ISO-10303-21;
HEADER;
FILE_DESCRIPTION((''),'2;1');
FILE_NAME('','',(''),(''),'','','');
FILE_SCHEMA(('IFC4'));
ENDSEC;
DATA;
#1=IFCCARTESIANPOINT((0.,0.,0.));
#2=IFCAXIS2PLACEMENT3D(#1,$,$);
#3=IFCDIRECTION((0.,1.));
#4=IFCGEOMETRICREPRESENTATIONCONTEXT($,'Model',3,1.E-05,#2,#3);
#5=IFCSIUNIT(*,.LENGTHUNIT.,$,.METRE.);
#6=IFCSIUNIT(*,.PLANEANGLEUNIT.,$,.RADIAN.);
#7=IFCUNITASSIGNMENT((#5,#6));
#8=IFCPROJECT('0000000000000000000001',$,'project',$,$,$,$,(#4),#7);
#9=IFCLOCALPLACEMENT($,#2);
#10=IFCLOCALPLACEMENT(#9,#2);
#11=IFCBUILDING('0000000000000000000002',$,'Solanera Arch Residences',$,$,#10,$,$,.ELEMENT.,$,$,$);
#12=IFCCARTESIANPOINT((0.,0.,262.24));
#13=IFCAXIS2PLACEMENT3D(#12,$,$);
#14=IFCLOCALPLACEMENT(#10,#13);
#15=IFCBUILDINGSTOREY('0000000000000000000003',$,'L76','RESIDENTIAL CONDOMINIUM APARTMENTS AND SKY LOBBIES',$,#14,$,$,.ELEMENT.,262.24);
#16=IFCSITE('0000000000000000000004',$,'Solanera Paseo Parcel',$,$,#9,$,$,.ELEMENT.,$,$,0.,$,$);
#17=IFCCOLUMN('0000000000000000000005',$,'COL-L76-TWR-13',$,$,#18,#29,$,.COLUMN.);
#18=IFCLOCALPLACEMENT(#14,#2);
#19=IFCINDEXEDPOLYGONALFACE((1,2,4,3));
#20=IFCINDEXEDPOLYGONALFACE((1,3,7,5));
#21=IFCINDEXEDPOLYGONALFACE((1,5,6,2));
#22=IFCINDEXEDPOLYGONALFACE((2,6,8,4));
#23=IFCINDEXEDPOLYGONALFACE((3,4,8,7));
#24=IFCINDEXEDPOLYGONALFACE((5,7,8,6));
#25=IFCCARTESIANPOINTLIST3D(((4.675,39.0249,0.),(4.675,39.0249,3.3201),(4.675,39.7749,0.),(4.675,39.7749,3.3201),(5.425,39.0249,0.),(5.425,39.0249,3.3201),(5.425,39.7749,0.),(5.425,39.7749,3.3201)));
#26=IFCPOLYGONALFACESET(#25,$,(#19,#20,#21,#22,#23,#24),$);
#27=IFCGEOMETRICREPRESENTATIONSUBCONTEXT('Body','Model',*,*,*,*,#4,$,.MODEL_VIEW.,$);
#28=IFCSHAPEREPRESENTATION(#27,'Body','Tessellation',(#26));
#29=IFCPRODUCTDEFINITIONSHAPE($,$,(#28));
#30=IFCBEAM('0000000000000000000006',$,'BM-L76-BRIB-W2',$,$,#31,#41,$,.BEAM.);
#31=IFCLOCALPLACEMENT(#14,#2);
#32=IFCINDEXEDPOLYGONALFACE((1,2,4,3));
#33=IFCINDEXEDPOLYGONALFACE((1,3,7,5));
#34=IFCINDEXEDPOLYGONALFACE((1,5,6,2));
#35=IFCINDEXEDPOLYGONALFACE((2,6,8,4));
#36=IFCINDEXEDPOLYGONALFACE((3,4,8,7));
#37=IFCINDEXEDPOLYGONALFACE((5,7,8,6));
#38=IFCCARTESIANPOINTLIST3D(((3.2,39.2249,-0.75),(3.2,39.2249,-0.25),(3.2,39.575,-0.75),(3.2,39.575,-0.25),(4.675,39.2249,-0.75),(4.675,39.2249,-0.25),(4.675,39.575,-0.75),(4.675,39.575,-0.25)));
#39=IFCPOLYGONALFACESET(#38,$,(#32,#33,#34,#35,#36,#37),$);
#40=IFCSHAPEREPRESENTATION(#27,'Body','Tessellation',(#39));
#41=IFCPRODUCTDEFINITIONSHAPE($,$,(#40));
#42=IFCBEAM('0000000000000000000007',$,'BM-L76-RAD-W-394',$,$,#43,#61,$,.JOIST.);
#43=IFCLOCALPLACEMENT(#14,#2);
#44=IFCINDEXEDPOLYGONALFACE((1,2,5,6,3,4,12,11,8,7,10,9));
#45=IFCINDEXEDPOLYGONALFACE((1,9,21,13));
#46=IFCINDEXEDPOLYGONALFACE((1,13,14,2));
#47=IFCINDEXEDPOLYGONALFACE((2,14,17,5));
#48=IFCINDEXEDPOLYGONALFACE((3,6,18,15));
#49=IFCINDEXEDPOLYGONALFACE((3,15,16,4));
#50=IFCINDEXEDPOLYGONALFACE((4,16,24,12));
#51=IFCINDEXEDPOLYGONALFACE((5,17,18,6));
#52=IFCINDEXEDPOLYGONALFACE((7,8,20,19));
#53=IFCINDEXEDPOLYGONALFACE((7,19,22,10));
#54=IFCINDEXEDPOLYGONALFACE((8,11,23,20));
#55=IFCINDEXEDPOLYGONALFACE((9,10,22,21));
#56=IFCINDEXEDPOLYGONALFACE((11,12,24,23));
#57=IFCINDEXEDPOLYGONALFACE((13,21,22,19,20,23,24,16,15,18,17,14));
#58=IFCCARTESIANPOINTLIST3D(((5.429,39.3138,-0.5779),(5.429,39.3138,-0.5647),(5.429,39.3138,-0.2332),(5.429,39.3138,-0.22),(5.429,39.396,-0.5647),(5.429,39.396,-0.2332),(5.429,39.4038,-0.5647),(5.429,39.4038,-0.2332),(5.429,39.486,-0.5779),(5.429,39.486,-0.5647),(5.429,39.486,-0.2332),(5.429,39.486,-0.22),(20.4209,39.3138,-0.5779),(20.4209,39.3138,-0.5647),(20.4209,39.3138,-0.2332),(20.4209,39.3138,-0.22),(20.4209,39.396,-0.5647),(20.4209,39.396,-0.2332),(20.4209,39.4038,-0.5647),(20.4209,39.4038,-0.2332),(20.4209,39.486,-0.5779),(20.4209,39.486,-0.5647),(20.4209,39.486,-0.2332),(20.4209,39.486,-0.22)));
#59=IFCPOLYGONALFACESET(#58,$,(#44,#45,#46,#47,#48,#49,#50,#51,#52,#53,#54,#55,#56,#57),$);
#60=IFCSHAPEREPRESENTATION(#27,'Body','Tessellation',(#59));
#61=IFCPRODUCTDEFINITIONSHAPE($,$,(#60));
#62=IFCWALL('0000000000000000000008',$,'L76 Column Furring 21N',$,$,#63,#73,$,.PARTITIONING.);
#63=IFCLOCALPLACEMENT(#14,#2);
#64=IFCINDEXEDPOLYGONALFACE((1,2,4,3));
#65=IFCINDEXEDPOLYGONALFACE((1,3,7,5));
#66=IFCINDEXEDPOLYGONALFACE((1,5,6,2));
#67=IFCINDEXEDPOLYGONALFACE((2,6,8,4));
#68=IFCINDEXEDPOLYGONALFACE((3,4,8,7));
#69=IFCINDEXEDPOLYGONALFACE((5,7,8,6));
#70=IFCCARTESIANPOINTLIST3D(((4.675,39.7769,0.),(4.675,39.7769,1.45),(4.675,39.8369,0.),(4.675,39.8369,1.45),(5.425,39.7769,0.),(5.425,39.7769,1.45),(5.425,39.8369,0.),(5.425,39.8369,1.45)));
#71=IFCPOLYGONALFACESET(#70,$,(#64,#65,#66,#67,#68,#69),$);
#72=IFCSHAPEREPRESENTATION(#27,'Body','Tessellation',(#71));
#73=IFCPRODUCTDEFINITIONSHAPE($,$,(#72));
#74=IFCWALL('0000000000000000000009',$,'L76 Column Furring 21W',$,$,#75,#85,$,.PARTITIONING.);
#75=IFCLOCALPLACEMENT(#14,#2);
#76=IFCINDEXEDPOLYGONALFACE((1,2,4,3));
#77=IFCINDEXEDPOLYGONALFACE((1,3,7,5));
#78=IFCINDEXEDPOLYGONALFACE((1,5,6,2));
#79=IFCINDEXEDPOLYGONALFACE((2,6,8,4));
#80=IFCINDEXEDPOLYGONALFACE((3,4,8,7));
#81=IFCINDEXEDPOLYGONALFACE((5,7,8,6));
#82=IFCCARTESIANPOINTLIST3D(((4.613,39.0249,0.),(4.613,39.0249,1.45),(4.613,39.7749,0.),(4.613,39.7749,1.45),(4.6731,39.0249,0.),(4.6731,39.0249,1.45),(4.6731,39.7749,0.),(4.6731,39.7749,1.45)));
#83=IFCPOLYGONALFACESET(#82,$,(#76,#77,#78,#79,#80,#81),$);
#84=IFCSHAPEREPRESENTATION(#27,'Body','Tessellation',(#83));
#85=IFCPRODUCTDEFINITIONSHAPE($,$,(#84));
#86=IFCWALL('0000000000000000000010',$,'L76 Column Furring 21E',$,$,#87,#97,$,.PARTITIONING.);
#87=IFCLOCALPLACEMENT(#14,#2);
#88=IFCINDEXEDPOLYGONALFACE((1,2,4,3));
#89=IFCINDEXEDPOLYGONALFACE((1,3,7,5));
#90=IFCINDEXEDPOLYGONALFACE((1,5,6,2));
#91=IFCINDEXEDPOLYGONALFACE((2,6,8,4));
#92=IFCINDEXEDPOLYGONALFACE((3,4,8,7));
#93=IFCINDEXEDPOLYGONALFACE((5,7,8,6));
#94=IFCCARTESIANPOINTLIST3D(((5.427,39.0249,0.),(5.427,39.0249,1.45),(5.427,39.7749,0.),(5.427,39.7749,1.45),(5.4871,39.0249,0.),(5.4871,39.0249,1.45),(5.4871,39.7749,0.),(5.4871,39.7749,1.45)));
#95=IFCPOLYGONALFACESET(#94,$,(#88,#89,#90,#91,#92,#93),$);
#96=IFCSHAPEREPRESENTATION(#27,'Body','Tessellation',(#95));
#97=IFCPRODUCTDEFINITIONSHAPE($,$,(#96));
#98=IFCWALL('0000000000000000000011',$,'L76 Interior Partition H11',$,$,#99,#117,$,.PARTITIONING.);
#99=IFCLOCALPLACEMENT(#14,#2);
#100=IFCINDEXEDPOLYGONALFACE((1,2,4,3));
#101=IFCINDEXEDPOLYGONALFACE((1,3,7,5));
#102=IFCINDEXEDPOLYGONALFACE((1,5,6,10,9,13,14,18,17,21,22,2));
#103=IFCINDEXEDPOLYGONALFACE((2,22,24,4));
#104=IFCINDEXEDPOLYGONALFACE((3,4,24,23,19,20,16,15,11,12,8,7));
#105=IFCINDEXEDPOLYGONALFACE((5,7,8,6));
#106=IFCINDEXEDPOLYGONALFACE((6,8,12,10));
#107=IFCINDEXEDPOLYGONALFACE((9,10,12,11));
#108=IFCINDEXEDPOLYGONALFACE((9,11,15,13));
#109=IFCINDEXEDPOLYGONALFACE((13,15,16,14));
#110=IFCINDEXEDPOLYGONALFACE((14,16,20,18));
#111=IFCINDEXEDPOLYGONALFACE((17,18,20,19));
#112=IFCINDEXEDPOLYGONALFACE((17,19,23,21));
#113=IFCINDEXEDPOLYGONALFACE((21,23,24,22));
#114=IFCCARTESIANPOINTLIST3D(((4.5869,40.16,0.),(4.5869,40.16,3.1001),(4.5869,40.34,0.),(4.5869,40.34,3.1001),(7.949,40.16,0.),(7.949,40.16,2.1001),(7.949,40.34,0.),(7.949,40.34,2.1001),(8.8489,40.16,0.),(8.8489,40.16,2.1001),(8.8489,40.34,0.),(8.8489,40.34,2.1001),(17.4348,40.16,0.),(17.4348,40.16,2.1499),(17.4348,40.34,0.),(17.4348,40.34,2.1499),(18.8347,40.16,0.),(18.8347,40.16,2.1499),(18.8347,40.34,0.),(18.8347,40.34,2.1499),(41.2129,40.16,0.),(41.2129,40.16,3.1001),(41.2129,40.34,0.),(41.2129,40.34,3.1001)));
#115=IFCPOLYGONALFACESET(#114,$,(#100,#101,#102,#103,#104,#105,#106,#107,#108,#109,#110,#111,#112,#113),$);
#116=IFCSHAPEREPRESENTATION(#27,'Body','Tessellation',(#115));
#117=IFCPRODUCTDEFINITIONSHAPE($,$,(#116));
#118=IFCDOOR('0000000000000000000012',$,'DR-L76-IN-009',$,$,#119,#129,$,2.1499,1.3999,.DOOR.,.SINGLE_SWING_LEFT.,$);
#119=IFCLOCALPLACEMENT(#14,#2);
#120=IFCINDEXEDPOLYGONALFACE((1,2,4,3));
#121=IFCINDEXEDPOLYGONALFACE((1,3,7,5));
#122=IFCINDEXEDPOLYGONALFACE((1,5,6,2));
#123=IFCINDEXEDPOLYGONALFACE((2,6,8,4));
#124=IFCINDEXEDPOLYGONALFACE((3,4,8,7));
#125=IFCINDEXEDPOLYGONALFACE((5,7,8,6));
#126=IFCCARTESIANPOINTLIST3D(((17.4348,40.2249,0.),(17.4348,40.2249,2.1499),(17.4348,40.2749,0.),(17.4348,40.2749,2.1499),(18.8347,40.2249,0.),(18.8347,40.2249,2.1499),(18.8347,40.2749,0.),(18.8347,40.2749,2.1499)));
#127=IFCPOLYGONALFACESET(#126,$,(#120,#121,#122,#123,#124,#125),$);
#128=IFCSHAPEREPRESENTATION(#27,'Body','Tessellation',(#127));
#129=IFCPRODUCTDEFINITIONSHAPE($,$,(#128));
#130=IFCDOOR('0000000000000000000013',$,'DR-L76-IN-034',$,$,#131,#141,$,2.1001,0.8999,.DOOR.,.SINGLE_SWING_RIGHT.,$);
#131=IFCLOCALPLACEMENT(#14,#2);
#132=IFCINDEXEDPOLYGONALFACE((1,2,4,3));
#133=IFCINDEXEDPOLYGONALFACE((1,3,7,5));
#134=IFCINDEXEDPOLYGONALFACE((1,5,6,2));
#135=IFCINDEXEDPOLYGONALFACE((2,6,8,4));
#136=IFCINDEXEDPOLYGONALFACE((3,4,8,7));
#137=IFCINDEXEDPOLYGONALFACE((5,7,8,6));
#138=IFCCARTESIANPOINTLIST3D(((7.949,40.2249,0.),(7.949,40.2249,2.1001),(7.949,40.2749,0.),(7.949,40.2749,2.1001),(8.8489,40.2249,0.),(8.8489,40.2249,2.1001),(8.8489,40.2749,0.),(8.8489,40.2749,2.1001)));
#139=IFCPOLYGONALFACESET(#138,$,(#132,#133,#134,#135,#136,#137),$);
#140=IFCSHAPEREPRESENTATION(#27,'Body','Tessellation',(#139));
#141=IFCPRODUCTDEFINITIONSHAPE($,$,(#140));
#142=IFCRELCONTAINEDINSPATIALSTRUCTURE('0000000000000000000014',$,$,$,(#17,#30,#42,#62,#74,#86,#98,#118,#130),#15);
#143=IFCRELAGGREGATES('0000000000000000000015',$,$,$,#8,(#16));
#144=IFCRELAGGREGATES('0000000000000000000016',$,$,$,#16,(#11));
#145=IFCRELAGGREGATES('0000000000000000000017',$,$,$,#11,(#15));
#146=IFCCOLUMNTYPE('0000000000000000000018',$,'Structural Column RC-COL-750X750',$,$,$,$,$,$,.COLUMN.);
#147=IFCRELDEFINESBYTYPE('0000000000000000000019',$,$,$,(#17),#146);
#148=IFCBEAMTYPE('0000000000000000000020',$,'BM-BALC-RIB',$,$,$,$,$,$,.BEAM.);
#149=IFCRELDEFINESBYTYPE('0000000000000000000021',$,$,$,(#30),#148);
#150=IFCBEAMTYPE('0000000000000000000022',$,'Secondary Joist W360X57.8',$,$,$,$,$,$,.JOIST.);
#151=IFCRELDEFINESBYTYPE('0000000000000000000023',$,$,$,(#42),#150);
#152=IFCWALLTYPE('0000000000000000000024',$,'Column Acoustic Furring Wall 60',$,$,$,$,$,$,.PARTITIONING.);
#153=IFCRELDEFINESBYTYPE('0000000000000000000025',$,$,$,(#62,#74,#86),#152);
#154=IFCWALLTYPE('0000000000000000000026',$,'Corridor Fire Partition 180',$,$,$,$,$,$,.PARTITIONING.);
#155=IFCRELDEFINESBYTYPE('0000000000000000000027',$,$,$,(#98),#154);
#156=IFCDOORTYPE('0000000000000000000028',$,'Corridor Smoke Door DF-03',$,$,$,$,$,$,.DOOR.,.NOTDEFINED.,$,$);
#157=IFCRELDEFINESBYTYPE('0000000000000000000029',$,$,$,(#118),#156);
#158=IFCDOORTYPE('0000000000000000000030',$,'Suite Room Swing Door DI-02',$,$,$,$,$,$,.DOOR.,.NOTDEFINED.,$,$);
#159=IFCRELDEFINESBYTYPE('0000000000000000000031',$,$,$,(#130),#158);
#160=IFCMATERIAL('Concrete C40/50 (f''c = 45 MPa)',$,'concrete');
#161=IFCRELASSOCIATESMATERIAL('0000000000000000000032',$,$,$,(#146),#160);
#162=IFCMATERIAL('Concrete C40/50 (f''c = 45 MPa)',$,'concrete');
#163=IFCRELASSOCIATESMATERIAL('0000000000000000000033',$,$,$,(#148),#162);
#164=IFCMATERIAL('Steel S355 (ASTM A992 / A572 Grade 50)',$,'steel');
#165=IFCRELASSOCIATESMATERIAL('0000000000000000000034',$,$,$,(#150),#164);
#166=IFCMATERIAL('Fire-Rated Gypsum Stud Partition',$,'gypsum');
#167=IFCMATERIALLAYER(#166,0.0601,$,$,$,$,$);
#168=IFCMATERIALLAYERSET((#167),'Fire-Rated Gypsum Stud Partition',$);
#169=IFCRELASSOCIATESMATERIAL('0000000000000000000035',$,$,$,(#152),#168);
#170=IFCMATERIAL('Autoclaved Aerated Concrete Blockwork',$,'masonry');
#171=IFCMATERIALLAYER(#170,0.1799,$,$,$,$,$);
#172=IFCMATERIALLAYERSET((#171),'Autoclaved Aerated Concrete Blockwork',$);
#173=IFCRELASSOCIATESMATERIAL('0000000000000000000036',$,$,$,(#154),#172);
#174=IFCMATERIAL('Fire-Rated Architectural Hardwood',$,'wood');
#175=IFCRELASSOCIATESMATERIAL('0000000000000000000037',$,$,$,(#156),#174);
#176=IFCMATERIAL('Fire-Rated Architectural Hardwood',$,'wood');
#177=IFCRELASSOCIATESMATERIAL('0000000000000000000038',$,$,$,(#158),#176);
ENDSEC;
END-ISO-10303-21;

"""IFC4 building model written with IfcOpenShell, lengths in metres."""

from ifc_helpers import new_model, si_unit, direction, frame, frame_2d, origin, origin_2d, place, context, subcontext, project, spatial, rectangle, i_section, extrude, material, layer, layer_set, material_profile, profile_set, type_object, element, fill, save


model = new_model("IFC4")

# Units and contexts
model_context = context("Model", 3, precision=1e-05, world=origin(), true_north=direction((0.0, 1.0)))
body_context = subcontext(model_context, "Body", "Model", "MODEL_VIEW")
ifc_project = project(units=[si_unit("LENGTHUNIT", "METRE"), si_unit("PLANEANGLEUNIT", "RADIAN")], contexts=[model_context])

# Site, building, storey
site_placement = place(None, origin())
site = spatial("IfcSite", under=ifc_project, at=site_placement, Name="Solanera Paseo Parcel", CompositionType="ELEMENT", RefElevation=0.0)
building_placement = place(site_placement, origin())
building = spatial("IfcBuilding", under=site, at=building_placement, Name="Solanera Arch Residences", CompositionType="ELEMENT")
storey_placement = place(building_placement, frame((0.0, 0.0, 262.24)))
storey = spatial("IfcBuildingStorey", under=building, at=storey_placement, Name="L76", Description="RESIDENTIAL CONDOMINIUM APARTMENTS AND SKY LOBBIES", CompositionType="ELEMENT", Elevation=262.24)

# Column
ifc_material_1 = material(Name="Concrete C40/50 (f'c = 45 MPa)", Category="concrete")
ifc_material_profile_1 = material_profile(ifc_material_1, rectangle(XDim=0.75, YDim=0.75, at=origin_2d()))
ifc_profile_set_1 = profile_set([ifc_material_profile_1], Name="Concrete C40/50 (f'c = 45 MPa)")
column_type = type_object("IfcColumnType", Name="Structural Column RC-COL-750X750", PredefinedType="COLUMN", material=ifc_profile_set_1)
column_placement = place(storey_placement, frame((5.05, 39.3999, 0.0), z_axis=(0.0, 0.0, 1.0), x_axis=(1.0, 0.0, 0.0)))
element("IfcColumn", 1, at=column_placement, inside=storey, type_object=column_type, Name="COL-L76-TWR-13", PredefinedType="COLUMN", context=body_context, shape_type="SweptSolid", body=[
    extrude(rectangle(XDim=0.75, YDim=0.75, at=origin_2d()), origin(), (0.0, 0.0, 1.0), 3.3201),
])

# Beams
ifc_material_2 = material(Name="Concrete C40/50 (f'c = 45 MPa)", Category="concrete")
ifc_material_profile_2 = material_profile(ifc_material_2, rectangle(XDim=0.3501, YDim=0.5, at=origin_2d()))
ifc_profile_set_2 = profile_set([ifc_material_profile_2], Name="Concrete C40/50 (f'c = 45 MPa)")
beam_type_1 = type_object("IfcBeamType", Name="BM-BALC-RIB", PredefinedType="BEAM", material=ifc_profile_set_2)
beam_1_placement = place(storey_placement, frame((3.2, 39.3999, -0.5), z_axis=(1.0, 0.0, 0.0), x_axis=(0.0, 1.0, 0.0)))
element("IfcBeam", 2, at=beam_1_placement, inside=storey, type_object=beam_type_1, Name="BM-L76-BRIB-W2", PredefinedType="BEAM", context=body_context, shape_type="SweptSolid", body=[
    extrude(rectangle(XDim=0.3501, YDim=0.5, at=origin_2d()), origin(), (0.0, 0.0, 1.0), 1.4751),
])
ifc_material_3 = material(Name="Steel S355 (ASTM A992 / A572 Grade 50)", Category="steel")
ifc_material_profile_3 = material_profile(ifc_material_3, i_section(OverallWidth=0.1721, OverallDepth=0.3579, WebThickness=0.0078, FlangeThickness=0.0132, at=origin_2d()))
ifc_profile_set_3 = profile_set([ifc_material_profile_3], Name="Steel S355 (ASTM A992 / A572 Grade 50)")
beam_type_2 = type_object("IfcBeamType", Name="Secondary Joist W360X57.8", PredefinedType="JOIST", material=ifc_profile_set_3)
beam_2_placement = place(storey_placement, frame((5.429, 39.3999, -0.3989), z_axis=(1.0, 0.0, 0.0), x_axis=(0.0, 1.0, 0.0)))
element("IfcBeam", 3, at=beam_2_placement, inside=storey, type_object=beam_type_2, Name="BM-L76-RAD-W-394", PredefinedType="JOIST", context=body_context, shape_type="SweptSolid", body=[
    extrude(i_section(OverallWidth=0.1721, OverallDepth=0.3579, WebThickness=0.0078, FlangeThickness=0.0132, at=origin_2d()), origin(), (0.0, 0.0, 1.0), 14.9919),
])

# Walls
ifc_material_4 = material(Name="Fire-Rated Gypsum Stud Partition", Category="gypsum")
ifc_layer_1 = layer(ifc_material_4, 0.0601)
ifc_layer_set_1 = layer_set([ifc_layer_1], Name="Fire-Rated Gypsum Stud Partition")
wall_type_1 = type_object("IfcWallType", Name="Column Acoustic Furring Wall 60", PredefinedType="PARTITIONING", material=ifc_layer_set_1)
for number, where, z_axis, x_axis, name in (
    (4, (4.675, 39.8069, 0.0), (0.0, 0.0, 1.0), (1.0, 0.0, 0.0), "L76 Column Furring 21N"),
    (5, (4.6431, 39.0249, 0.0), (0.0, 0.0, 1.0), (0.0, 1.0, 0.0), "L76 Column Furring 21W"),
    (6, (5.457, 39.0249, 0.0), (0.0, 0.0, 1.0), (0.0, 1.0, 0.0), "L76 Column Furring 21E"),
):
    element("IfcWall", number, at=place(storey_placement, frame(where, z_axis=z_axis, x_axis=x_axis)), inside=storey, type_object=wall_type_1, Name=name, PredefinedType="PARTITIONING", context=body_context, shape_type="SweptSolid", body=[
        extrude(rectangle(XDim=0.75, YDim=0.0601, at=frame_2d((0.375, 0.0))), origin(), (0.0, 0.0, 1.0), 1.45),
    ])

# Wall, openings, doors
ifc_material_5 = material(Name="Autoclaved Aerated Concrete Blockwork", Category="masonry")
ifc_layer_2 = layer(ifc_material_5, 0.1799)
ifc_layer_set_2 = layer_set([ifc_layer_2], Name="Autoclaved Aerated Concrete Blockwork")
wall_type_2 = type_object("IfcWallType", Name="Corridor Fire Partition 180", PredefinedType="PARTITIONING", material=ifc_layer_set_2)
wall_1_placement = place(storey_placement, frame((4.5869, 40.25, 0.0), z_axis=(0.0, 0.0, 1.0), x_axis=(1.0, 0.0, 0.0)))
wall_1 = element("IfcWall", 7, at=wall_1_placement, inside=storey, type_object=wall_type_2, Name="L76 Interior Partition H11", PredefinedType="PARTITIONING", context=body_context, shape_type="SweptSolid", body=[
    extrude(rectangle(XDim=36.626, YDim=0.1799, at=frame_2d((18.313, 0.0))), origin(), (0.0, 0.0, 1.0), 3.1001),
])
opening_1_placement = place(wall_1_placement, frame((12.8479, 0.0, 0.0)))
opening_1 = element("IfcOpeningElement", 8, at=opening_1_placement, cuts=wall_1, PredefinedType="OPENING", context=body_context, shape_type="SweptSolid", body=[
    extrude(rectangle(XDim=1.3999, YDim=2.1499, at=frame_2d((0.7, 1.075))), frame((0.0, 0.1001, 0.0), z_axis=(0.0, -1.0, 0.0), x_axis=(1.0, 0.0, 0.0)), (0.0, 0.0, 1.0), 0.1999),
])
opening_2_placement = place(wall_1_placement, frame((3.3621, 0.0, 0.0)))
opening_2 = element("IfcOpeningElement", 9, at=opening_2_placement, cuts=wall_1, PredefinedType="OPENING", context=body_context, shape_type="SweptSolid", body=[
    extrude(rectangle(XDim=0.8999, YDim=2.1001, at=frame_2d((0.45, 1.05))), frame((0.0, 0.1001, 0.0), z_axis=(0.0, -1.0, 0.0), x_axis=(1.0, 0.0, 0.0)), (0.0, 0.0, 1.0), 0.1999),
])
ifc_material_6 = material(Name="Fire-Rated Architectural Hardwood", Category="wood")
door_type_1 = type_object("IfcDoorType", Name="Corridor Smoke Door DF-03", OperationType="NOTDEFINED", PredefinedType="DOOR", material=ifc_material_6)
door_1_placement = place(opening_1_placement, origin())
door_1 = element("IfcDoor", 10, at=door_1_placement, inside=storey, type_object=door_type_1, Name="DR-L76-IN-009", OperationType="SINGLE_SWING_LEFT", OverallHeight=2.1499, OverallWidth=1.3999, PredefinedType="DOOR", context=body_context, shape_type="SweptSolid", body=[
    extrude(rectangle(XDim=1.3999, YDim=2.1499, at=frame_2d((0.7, 1.075))), frame((0.0, 0.0249, 0.0), z_axis=(0.0, -1.0, 0.0), x_axis=(1.0, 0.0, 0.0)), (0.0, 0.0, 1.0), 0.05),
])
fill(opening_1, door_1)
ifc_material_7 = material(Name="Fire-Rated Architectural Hardwood", Category="wood")
door_type_2 = type_object("IfcDoorType", Name="Suite Room Swing Door DI-02", OperationType="NOTDEFINED", PredefinedType="DOOR", material=ifc_material_7)
door_2_placement = place(opening_2_placement, origin())
door_2 = element("IfcDoor", 11, at=door_2_placement, inside=storey, type_object=door_type_2, Name="DR-L76-IN-034", OperationType="SINGLE_SWING_RIGHT", OverallHeight=2.1001, OverallWidth=0.8999, PredefinedType="DOOR", context=body_context, shape_type="SweptSolid", body=[
    extrude(rectangle(XDim=0.8999, YDim=2.1001, at=frame_2d((0.45, 1.05))), frame((0.0, 0.0249, 0.0), z_axis=(0.0, -1.0, 0.0), x_axis=(1.0, 0.0, 0.0)), (0.0, 0.0, 1.0), 0.05),
])
fill(opening_2, door_2)

save(model, "model.ifc")
